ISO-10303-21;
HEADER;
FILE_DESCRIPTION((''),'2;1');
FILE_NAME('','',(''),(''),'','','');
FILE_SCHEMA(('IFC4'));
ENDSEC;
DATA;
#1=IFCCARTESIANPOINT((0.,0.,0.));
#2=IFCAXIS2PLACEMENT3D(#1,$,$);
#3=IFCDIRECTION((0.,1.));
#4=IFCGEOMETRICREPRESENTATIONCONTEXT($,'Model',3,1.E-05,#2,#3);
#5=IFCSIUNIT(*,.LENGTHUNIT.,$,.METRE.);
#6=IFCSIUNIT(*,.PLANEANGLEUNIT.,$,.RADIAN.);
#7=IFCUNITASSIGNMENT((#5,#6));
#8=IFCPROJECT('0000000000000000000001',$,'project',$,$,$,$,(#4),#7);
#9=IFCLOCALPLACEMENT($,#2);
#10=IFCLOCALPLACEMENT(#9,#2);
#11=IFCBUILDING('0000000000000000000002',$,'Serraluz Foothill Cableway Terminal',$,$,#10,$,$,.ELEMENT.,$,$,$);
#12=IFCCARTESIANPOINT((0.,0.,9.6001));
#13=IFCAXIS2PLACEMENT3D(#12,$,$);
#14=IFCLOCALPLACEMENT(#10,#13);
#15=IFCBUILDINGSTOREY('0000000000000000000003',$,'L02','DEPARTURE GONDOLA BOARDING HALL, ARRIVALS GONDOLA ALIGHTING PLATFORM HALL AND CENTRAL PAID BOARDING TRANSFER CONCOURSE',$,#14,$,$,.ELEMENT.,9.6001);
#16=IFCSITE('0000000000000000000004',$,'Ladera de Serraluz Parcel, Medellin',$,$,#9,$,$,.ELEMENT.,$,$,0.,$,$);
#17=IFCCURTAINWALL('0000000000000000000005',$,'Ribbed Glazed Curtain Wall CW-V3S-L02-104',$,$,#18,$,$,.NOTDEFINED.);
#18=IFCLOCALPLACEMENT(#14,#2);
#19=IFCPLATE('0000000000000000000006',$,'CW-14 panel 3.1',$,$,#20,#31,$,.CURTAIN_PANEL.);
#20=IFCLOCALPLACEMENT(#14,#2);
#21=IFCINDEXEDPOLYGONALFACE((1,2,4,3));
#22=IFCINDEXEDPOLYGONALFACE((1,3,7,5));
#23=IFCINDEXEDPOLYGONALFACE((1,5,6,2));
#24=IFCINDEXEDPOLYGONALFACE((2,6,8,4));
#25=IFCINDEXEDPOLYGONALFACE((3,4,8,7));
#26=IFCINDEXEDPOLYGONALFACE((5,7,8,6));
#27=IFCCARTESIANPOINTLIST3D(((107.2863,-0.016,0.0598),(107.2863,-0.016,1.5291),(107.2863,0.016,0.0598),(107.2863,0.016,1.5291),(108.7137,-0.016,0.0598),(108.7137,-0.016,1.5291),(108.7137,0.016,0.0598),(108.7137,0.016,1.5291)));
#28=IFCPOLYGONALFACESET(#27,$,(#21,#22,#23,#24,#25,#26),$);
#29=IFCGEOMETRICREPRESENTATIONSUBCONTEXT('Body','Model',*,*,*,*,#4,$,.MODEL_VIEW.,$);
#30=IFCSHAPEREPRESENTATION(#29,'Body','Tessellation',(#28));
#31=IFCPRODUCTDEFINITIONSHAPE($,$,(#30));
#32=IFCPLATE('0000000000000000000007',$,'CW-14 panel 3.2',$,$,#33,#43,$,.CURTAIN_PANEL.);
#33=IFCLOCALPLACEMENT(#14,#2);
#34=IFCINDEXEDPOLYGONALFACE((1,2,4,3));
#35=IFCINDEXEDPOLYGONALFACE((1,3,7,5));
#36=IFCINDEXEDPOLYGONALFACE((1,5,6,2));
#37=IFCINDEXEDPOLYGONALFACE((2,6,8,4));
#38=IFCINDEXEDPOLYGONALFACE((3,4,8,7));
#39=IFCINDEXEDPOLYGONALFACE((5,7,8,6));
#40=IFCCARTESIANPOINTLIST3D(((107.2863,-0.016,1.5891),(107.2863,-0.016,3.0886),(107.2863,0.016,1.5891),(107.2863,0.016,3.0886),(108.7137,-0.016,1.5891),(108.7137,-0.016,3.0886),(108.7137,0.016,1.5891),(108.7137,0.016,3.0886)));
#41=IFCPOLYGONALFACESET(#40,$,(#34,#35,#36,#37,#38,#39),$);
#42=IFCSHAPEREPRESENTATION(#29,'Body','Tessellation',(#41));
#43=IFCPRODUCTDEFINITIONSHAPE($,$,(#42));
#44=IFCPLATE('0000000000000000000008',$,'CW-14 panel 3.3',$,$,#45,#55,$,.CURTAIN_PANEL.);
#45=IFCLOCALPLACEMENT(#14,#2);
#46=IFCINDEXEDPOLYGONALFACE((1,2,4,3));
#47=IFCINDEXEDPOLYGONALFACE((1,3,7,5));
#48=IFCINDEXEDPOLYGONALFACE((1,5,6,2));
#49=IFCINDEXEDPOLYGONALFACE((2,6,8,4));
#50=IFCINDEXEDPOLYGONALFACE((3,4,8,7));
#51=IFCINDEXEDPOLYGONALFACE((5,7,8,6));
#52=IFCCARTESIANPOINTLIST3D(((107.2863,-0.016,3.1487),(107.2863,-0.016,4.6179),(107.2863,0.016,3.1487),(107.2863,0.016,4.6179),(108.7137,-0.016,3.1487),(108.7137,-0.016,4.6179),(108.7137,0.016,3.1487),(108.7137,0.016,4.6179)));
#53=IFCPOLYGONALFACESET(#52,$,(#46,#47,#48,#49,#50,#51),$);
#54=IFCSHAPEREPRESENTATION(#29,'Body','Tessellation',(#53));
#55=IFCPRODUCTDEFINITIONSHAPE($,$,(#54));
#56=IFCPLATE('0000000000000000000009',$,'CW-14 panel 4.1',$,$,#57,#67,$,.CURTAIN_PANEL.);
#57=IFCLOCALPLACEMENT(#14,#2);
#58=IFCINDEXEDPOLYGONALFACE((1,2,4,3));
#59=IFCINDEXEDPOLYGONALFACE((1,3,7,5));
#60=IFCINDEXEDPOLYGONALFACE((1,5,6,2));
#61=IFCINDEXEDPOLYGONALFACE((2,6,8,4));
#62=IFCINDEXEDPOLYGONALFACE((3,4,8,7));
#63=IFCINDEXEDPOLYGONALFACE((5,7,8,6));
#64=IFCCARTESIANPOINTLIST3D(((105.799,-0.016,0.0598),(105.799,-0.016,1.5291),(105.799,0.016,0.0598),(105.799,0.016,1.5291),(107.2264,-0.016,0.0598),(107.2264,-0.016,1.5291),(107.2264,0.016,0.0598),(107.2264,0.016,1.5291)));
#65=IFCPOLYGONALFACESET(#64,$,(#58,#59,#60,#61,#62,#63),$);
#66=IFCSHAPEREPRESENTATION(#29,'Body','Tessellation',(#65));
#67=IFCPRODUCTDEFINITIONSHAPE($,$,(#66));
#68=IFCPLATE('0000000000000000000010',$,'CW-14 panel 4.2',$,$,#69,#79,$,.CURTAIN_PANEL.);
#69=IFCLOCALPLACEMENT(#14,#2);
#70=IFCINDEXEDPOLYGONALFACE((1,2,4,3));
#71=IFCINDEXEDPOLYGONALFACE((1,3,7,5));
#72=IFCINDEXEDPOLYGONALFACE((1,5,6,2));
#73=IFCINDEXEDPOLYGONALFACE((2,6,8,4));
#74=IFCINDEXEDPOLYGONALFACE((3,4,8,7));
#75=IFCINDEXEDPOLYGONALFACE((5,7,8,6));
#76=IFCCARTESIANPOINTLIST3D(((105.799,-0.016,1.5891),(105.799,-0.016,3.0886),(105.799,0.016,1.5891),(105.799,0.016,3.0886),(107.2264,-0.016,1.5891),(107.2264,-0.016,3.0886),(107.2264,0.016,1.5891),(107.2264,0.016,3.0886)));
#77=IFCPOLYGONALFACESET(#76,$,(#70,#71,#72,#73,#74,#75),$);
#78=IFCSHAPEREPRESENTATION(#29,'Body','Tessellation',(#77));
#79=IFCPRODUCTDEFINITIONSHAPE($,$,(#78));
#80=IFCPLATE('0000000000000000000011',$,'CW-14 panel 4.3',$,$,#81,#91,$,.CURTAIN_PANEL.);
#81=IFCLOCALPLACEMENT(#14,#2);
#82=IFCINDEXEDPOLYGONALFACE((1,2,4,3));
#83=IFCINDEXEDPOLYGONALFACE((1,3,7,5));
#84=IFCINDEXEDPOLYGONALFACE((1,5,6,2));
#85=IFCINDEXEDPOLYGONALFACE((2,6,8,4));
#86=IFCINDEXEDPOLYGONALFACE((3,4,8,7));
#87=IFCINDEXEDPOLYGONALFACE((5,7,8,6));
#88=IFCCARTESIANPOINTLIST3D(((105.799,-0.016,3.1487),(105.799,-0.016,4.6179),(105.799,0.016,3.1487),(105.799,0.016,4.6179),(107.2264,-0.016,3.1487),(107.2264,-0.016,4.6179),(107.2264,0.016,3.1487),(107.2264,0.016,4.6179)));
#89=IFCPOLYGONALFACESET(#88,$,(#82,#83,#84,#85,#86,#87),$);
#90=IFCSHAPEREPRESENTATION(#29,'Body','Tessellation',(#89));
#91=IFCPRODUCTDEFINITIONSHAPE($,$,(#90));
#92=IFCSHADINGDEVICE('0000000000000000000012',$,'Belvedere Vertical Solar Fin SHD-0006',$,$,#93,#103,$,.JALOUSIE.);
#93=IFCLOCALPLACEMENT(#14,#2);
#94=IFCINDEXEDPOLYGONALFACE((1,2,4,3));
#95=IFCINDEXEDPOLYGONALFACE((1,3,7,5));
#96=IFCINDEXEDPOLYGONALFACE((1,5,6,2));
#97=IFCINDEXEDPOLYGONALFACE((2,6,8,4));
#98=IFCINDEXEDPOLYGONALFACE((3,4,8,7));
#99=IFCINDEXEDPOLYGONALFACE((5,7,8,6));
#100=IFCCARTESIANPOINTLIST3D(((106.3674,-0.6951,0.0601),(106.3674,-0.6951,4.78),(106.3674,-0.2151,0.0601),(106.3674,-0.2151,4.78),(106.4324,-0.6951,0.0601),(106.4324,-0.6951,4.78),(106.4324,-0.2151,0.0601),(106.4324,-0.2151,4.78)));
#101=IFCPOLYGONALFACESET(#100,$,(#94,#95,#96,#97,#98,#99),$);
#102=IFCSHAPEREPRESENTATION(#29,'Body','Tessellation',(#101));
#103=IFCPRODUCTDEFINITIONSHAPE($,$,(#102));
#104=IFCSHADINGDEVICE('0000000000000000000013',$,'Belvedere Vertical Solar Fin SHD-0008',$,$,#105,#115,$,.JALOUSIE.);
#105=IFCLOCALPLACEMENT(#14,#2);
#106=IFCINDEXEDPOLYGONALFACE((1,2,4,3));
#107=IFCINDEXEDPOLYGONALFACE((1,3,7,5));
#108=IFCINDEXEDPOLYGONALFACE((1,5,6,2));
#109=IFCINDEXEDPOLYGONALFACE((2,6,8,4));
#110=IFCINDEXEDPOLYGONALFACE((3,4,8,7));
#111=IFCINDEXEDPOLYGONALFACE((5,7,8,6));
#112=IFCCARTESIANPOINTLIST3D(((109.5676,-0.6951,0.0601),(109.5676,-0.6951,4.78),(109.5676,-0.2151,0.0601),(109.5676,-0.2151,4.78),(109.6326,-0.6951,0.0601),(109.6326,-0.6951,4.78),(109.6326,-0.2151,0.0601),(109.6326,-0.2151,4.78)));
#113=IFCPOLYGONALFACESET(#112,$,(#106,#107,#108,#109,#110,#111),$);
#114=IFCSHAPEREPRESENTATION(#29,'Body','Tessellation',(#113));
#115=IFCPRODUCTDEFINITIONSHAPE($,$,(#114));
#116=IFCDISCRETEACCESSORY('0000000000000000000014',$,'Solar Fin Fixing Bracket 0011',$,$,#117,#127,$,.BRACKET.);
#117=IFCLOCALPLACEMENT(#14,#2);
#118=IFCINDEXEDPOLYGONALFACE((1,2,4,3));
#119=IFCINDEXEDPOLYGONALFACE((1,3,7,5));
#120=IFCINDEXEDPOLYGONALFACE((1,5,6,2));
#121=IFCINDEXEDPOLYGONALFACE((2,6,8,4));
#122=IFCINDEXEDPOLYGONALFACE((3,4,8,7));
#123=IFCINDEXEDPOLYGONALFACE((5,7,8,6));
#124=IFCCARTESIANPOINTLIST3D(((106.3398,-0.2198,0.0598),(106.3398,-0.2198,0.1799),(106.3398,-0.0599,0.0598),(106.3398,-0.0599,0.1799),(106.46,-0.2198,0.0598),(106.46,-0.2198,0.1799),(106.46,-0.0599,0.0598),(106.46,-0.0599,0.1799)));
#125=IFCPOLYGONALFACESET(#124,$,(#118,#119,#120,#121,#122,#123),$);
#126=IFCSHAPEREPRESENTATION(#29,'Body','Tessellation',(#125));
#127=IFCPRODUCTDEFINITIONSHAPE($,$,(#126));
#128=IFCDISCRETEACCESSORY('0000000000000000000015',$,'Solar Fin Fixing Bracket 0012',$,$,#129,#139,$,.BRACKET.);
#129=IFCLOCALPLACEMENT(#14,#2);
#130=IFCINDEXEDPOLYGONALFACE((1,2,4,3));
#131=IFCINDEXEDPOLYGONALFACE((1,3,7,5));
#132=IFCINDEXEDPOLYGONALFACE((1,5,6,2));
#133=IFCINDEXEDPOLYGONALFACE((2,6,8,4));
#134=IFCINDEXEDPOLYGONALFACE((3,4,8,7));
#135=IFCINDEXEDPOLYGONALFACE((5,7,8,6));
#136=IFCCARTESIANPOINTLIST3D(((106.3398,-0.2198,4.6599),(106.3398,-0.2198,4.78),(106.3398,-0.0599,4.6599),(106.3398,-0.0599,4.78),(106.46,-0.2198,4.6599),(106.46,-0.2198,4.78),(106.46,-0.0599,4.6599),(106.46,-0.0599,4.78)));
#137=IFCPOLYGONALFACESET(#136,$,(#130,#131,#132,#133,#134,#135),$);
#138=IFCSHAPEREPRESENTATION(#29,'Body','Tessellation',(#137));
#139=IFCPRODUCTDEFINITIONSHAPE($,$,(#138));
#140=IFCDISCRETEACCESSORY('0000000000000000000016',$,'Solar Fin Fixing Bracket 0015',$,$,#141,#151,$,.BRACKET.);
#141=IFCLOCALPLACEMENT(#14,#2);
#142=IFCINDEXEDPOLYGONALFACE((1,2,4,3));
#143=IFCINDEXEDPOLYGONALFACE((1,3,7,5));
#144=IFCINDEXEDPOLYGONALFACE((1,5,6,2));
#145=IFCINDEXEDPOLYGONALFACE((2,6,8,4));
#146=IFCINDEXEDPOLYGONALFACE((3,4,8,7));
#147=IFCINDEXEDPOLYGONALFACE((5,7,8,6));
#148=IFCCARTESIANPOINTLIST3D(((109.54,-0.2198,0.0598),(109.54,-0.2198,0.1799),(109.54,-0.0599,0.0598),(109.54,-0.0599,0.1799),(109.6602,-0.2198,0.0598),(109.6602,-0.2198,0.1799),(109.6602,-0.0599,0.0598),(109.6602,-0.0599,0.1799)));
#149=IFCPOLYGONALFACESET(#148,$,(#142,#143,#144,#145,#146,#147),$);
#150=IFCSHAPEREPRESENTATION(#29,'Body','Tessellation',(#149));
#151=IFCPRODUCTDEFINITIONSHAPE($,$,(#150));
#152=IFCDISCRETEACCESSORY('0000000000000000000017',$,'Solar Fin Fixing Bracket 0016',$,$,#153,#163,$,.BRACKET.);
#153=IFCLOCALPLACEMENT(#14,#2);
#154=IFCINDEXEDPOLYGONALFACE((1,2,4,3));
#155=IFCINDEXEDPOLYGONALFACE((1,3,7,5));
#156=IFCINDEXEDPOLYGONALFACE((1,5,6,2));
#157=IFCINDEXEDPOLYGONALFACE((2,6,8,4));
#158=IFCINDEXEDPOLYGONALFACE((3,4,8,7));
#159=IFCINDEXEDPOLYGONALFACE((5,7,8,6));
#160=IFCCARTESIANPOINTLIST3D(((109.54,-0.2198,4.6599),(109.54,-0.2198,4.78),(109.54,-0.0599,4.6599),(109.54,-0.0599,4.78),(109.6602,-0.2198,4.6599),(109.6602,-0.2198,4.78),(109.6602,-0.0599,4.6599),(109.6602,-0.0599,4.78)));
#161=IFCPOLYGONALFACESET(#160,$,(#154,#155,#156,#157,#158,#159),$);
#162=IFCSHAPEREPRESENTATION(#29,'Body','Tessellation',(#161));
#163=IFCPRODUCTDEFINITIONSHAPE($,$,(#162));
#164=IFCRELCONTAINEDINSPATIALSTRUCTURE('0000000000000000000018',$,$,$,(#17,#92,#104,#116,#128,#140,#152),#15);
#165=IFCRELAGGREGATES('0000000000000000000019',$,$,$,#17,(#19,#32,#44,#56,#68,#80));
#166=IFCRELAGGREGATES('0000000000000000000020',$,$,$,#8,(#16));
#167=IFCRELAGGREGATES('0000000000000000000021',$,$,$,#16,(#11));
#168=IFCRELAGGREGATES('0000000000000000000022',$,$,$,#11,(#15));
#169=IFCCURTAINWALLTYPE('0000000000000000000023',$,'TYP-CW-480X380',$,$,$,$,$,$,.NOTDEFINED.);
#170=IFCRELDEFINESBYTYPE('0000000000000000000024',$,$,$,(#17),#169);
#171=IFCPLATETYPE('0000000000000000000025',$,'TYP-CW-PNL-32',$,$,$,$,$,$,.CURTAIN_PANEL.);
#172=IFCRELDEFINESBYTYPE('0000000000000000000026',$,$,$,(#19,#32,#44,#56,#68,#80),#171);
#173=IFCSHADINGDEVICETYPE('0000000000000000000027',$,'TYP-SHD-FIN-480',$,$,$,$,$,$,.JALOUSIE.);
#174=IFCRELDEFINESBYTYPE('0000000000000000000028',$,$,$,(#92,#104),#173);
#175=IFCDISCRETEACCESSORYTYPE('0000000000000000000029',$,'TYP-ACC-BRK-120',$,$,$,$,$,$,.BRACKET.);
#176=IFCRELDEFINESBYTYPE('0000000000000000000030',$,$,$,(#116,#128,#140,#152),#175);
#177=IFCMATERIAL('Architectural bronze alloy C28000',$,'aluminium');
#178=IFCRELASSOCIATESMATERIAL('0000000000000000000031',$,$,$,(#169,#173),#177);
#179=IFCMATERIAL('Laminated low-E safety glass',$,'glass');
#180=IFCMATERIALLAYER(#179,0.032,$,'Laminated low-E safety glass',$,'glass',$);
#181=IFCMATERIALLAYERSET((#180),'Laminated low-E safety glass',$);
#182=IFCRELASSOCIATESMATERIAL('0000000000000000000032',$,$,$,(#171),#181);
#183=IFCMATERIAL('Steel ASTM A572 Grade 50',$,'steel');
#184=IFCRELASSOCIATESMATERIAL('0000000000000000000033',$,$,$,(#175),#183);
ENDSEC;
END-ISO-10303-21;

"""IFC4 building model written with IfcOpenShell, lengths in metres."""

from ifc_helpers import new_model, si_unit, direction, frame, origin, origin_2d, place, context, subcontext, project, spatial, rectangle, extrude, material, layer, layer_set, type_object, element, aggregate, save


model = new_model("IFC4")

# Units and contexts
model_context = context("Model", 3, precision=1e-05, world=origin(), true_north=direction((0.0, 1.0)))
body_context = subcontext(model_context, "Body", "Model", "MODEL_VIEW")
ifc_project = project(units=[si_unit("LENGTHUNIT", "METRE"), si_unit("PLANEANGLEUNIT", "RADIAN")], contexts=[model_context])

# Site, building, storey
site_placement = place(None, origin())
site = spatial("IfcSite", under=ifc_project, at=site_placement, Name="Ladera de Serraluz Parcel, Medellin", CompositionType="ELEMENT", RefElevation=0.0)
building_placement = place(site_placement, origin())
building = spatial("IfcBuilding", under=site, at=building_placement, Name="Serraluz Foothill Cableway Terminal", CompositionType="ELEMENT")
storey_placement = place(building_placement, frame((0.0, 0.0, 9.6001)))
storey = spatial("IfcBuildingStorey", under=building, at=storey_placement, Name="L02", Description="DEPARTURE GONDOLA BOARDING HALL, ARRIVALS GONDOLA ALIGHTING PLATFORM HALL AND CENTRAL PAID BOARDING TRANSFER CONCOURSE", CompositionType="ELEMENT", Elevation=9.6001)

# Curtain wall, plates
ifc_material_1 = material(Name="Architectural bronze alloy C28000", Category="aluminium")
curtain_wall_type = type_object("IfcCurtainWallType", Name="TYP-CW-480X380", PredefinedType="NOTDEFINED", material=ifc_material_1)
curtain_wall_placement = place(storey_placement, origin())
curtain_wall = element("IfcCurtainWall", 1, at=curtain_wall_placement, inside=storey, type_object=curtain_wall_type, Name="Ribbed Glazed Curtain Wall CW-V3S-L02-104", PredefinedType="NOTDEFINED")
ifc_material_2 = material(Name="Laminated low-E safety glass", Category="glass")
ifc_layer = layer(ifc_material_2, 0.032, Name="Laminated low-E safety glass", Category="glass")
ifc_layer_set = layer_set([ifc_layer], Name="Laminated low-E safety glass")
plate_type = type_object("IfcPlateType", Name="TYP-CW-PNL-32", PredefinedType="CURTAIN_PANEL", material=ifc_layer_set)
plate_1_placement = place(storey_placement, frame((108.0, 0.0, 0.0598), z_axis=(0.0, 0.0, 1.0), x_axis=(-1.0, 0.0, 0.0)))
plate_1 = element("IfcPlate", 2, at=plate_1_placement, type_object=plate_type, Name="CW-14 panel 3.1", PredefinedType="CURTAIN_PANEL", context=body_context, shape_type="SweptSolid", body=[
    extrude(rectangle(XDim=1.4275, YDim=0.032, at=origin_2d()), origin(), (0.0, 0.0, 1.0), 1.4692),
])
plate_2_placement = place(storey_placement, frame((108.0, 0.0, 1.5891), z_axis=(0.0, 0.0, 1.0), x_axis=(-1.0, 0.0, 0.0)))
plate_2 = element("IfcPlate", 3, at=plate_2_placement, type_object=plate_type, Name="CW-14 panel 3.2", PredefinedType="CURTAIN_PANEL", context=body_context, shape_type="SweptSolid", body=[
    extrude(rectangle(XDim=1.4275, YDim=0.032, at=origin_2d()), origin(), (0.0, 0.0, 1.0), 1.4995),
])
plate_3_placement = place(storey_placement, frame((108.0, 0.0, 3.1487), z_axis=(0.0, 0.0, 1.0), x_axis=(-1.0, 0.0, 0.0)))
plate_3 = element("IfcPlate", 4, at=plate_3_placement, type_object=plate_type, Name="CW-14 panel 3.3", PredefinedType="CURTAIN_PANEL", context=body_context, shape_type="SweptSolid", body=[
    extrude(rectangle(XDim=1.4275, YDim=0.032, at=origin_2d()), origin(), (0.0, 0.0, 1.0), 1.4692),
])
plate_4_placement = place(storey_placement, frame((106.5127, 0.0, 0.0598), z_axis=(0.0, 0.0, 1.0), x_axis=(-1.0, 0.0, 0.0)))
plate_4 = element("IfcPlate", 5, at=plate_4_placement, type_object=plate_type, Name="CW-14 panel 4.1", PredefinedType="CURTAIN_PANEL", context=body_context, shape_type="SweptSolid", body=[
    extrude(rectangle(XDim=1.4275, YDim=0.032, at=origin_2d()), origin(), (0.0, 0.0, 1.0), 1.4692),
])
plate_5_placement = place(storey_placement, frame((106.5127, 0.0, 1.5891), z_axis=(0.0, 0.0, 1.0), x_axis=(-1.0, 0.0, 0.0)))
plate_5 = element("IfcPlate", 6, at=plate_5_placement, type_object=plate_type, Name="CW-14 panel 4.2", PredefinedType="CURTAIN_PANEL", context=body_context, shape_type="SweptSolid", body=[
    extrude(rectangle(XDim=1.4275, YDim=0.032, at=origin_2d()), origin(), (0.0, 0.0, 1.0), 1.4995),
])
plate_6_placement = place(storey_placement, frame((106.5127, 0.0, 3.1487), z_axis=(0.0, 0.0, 1.0), x_axis=(-1.0, 0.0, 0.0)))
plate_6 = element("IfcPlate", 7, at=plate_6_placement, type_object=plate_type, Name="CW-14 panel 4.3", PredefinedType="CURTAIN_PANEL", context=body_context, shape_type="SweptSolid", body=[
    extrude(rectangle(XDim=1.4275, YDim=0.032, at=origin_2d()), origin(), (0.0, 0.0, 1.0), 1.4692),
])
aggregate(curtain_wall, [plate_1, plate_2, plate_3, plate_4, plate_5, plate_6])

# Shading devices
shading_device_type = type_object("IfcShadingDeviceType", Name="TYP-SHD-FIN-480", PredefinedType="JALOUSIE", material=ifc_material_1)
for number, where, z_axis, x_axis, name in (
    (8, (106.3999, -0.4551, 0.0601), (0.0, 0.0, 1.0), (1.0, 0.0, 0.0), "Belvedere Vertical Solar Fin SHD-0006"),
    (9, (109.6001, -0.4551, 0.0601), (0.0, 0.0, 1.0), (1.0, 0.0, 0.0), "Belvedere Vertical Solar Fin SHD-0008"),
):
    element("IfcShadingDevice", number, at=place(storey_placement, frame(where, z_axis=z_axis, x_axis=x_axis)), inside=storey, type_object=shading_device_type, Name=name, PredefinedType="JALOUSIE", context=body_context, shape_type="SweptSolid", body=[
        extrude(rectangle(XDim=0.0649, YDim=0.48, at=origin_2d()), origin(), (0.0, 0.0, 1.0), 4.72),
    ])

# Discrete accessories
ifc_material_3 = material(Name="Steel ASTM A572 Grade 50", Category="steel")
discrete_accessory_type = type_object("IfcDiscreteAccessoryType", Name="TYP-ACC-BRK-120", PredefinedType="BRACKET", material=ifc_material_3)
for number, where, z_axis, x_axis, name in (
    (10, (106.3999, -0.1399, 0.0598), (0.0, 0.0, 1.0), (1.0, 0.0, 0.0), "Solar Fin Fixing Bracket 0011"),
    (11, (106.3999, -0.1399, 4.6599), (0.0, 0.0, 1.0), (1.0, 0.0, 0.0), "Solar Fin Fixing Bracket 0012"),
    (12, (109.6001, -0.1399, 0.0598), (0.0, 0.0, 1.0), (1.0, 0.0, 0.0), "Solar Fin Fixing Bracket 0015"),
    (13, (109.6001, -0.1399, 4.6599), (0.0, 0.0, 1.0), (1.0, 0.0, 0.0), "Solar Fin Fixing Bracket 0016"),
):
    element("IfcDiscreteAccessory", number, at=place(storey_placement, frame(where, z_axis=z_axis, x_axis=x_axis)), inside=storey, type_object=discrete_accessory_type, Name=name, PredefinedType="BRACKET", context=body_context, shape_type="SweptSolid", body=[
        extrude(rectangle(XDim=0.1201, YDim=0.1599, at=origin_2d()), origin(), (0.0, 0.0, 1.0), 0.1201),
    ])

save(model, "model.ifc")
